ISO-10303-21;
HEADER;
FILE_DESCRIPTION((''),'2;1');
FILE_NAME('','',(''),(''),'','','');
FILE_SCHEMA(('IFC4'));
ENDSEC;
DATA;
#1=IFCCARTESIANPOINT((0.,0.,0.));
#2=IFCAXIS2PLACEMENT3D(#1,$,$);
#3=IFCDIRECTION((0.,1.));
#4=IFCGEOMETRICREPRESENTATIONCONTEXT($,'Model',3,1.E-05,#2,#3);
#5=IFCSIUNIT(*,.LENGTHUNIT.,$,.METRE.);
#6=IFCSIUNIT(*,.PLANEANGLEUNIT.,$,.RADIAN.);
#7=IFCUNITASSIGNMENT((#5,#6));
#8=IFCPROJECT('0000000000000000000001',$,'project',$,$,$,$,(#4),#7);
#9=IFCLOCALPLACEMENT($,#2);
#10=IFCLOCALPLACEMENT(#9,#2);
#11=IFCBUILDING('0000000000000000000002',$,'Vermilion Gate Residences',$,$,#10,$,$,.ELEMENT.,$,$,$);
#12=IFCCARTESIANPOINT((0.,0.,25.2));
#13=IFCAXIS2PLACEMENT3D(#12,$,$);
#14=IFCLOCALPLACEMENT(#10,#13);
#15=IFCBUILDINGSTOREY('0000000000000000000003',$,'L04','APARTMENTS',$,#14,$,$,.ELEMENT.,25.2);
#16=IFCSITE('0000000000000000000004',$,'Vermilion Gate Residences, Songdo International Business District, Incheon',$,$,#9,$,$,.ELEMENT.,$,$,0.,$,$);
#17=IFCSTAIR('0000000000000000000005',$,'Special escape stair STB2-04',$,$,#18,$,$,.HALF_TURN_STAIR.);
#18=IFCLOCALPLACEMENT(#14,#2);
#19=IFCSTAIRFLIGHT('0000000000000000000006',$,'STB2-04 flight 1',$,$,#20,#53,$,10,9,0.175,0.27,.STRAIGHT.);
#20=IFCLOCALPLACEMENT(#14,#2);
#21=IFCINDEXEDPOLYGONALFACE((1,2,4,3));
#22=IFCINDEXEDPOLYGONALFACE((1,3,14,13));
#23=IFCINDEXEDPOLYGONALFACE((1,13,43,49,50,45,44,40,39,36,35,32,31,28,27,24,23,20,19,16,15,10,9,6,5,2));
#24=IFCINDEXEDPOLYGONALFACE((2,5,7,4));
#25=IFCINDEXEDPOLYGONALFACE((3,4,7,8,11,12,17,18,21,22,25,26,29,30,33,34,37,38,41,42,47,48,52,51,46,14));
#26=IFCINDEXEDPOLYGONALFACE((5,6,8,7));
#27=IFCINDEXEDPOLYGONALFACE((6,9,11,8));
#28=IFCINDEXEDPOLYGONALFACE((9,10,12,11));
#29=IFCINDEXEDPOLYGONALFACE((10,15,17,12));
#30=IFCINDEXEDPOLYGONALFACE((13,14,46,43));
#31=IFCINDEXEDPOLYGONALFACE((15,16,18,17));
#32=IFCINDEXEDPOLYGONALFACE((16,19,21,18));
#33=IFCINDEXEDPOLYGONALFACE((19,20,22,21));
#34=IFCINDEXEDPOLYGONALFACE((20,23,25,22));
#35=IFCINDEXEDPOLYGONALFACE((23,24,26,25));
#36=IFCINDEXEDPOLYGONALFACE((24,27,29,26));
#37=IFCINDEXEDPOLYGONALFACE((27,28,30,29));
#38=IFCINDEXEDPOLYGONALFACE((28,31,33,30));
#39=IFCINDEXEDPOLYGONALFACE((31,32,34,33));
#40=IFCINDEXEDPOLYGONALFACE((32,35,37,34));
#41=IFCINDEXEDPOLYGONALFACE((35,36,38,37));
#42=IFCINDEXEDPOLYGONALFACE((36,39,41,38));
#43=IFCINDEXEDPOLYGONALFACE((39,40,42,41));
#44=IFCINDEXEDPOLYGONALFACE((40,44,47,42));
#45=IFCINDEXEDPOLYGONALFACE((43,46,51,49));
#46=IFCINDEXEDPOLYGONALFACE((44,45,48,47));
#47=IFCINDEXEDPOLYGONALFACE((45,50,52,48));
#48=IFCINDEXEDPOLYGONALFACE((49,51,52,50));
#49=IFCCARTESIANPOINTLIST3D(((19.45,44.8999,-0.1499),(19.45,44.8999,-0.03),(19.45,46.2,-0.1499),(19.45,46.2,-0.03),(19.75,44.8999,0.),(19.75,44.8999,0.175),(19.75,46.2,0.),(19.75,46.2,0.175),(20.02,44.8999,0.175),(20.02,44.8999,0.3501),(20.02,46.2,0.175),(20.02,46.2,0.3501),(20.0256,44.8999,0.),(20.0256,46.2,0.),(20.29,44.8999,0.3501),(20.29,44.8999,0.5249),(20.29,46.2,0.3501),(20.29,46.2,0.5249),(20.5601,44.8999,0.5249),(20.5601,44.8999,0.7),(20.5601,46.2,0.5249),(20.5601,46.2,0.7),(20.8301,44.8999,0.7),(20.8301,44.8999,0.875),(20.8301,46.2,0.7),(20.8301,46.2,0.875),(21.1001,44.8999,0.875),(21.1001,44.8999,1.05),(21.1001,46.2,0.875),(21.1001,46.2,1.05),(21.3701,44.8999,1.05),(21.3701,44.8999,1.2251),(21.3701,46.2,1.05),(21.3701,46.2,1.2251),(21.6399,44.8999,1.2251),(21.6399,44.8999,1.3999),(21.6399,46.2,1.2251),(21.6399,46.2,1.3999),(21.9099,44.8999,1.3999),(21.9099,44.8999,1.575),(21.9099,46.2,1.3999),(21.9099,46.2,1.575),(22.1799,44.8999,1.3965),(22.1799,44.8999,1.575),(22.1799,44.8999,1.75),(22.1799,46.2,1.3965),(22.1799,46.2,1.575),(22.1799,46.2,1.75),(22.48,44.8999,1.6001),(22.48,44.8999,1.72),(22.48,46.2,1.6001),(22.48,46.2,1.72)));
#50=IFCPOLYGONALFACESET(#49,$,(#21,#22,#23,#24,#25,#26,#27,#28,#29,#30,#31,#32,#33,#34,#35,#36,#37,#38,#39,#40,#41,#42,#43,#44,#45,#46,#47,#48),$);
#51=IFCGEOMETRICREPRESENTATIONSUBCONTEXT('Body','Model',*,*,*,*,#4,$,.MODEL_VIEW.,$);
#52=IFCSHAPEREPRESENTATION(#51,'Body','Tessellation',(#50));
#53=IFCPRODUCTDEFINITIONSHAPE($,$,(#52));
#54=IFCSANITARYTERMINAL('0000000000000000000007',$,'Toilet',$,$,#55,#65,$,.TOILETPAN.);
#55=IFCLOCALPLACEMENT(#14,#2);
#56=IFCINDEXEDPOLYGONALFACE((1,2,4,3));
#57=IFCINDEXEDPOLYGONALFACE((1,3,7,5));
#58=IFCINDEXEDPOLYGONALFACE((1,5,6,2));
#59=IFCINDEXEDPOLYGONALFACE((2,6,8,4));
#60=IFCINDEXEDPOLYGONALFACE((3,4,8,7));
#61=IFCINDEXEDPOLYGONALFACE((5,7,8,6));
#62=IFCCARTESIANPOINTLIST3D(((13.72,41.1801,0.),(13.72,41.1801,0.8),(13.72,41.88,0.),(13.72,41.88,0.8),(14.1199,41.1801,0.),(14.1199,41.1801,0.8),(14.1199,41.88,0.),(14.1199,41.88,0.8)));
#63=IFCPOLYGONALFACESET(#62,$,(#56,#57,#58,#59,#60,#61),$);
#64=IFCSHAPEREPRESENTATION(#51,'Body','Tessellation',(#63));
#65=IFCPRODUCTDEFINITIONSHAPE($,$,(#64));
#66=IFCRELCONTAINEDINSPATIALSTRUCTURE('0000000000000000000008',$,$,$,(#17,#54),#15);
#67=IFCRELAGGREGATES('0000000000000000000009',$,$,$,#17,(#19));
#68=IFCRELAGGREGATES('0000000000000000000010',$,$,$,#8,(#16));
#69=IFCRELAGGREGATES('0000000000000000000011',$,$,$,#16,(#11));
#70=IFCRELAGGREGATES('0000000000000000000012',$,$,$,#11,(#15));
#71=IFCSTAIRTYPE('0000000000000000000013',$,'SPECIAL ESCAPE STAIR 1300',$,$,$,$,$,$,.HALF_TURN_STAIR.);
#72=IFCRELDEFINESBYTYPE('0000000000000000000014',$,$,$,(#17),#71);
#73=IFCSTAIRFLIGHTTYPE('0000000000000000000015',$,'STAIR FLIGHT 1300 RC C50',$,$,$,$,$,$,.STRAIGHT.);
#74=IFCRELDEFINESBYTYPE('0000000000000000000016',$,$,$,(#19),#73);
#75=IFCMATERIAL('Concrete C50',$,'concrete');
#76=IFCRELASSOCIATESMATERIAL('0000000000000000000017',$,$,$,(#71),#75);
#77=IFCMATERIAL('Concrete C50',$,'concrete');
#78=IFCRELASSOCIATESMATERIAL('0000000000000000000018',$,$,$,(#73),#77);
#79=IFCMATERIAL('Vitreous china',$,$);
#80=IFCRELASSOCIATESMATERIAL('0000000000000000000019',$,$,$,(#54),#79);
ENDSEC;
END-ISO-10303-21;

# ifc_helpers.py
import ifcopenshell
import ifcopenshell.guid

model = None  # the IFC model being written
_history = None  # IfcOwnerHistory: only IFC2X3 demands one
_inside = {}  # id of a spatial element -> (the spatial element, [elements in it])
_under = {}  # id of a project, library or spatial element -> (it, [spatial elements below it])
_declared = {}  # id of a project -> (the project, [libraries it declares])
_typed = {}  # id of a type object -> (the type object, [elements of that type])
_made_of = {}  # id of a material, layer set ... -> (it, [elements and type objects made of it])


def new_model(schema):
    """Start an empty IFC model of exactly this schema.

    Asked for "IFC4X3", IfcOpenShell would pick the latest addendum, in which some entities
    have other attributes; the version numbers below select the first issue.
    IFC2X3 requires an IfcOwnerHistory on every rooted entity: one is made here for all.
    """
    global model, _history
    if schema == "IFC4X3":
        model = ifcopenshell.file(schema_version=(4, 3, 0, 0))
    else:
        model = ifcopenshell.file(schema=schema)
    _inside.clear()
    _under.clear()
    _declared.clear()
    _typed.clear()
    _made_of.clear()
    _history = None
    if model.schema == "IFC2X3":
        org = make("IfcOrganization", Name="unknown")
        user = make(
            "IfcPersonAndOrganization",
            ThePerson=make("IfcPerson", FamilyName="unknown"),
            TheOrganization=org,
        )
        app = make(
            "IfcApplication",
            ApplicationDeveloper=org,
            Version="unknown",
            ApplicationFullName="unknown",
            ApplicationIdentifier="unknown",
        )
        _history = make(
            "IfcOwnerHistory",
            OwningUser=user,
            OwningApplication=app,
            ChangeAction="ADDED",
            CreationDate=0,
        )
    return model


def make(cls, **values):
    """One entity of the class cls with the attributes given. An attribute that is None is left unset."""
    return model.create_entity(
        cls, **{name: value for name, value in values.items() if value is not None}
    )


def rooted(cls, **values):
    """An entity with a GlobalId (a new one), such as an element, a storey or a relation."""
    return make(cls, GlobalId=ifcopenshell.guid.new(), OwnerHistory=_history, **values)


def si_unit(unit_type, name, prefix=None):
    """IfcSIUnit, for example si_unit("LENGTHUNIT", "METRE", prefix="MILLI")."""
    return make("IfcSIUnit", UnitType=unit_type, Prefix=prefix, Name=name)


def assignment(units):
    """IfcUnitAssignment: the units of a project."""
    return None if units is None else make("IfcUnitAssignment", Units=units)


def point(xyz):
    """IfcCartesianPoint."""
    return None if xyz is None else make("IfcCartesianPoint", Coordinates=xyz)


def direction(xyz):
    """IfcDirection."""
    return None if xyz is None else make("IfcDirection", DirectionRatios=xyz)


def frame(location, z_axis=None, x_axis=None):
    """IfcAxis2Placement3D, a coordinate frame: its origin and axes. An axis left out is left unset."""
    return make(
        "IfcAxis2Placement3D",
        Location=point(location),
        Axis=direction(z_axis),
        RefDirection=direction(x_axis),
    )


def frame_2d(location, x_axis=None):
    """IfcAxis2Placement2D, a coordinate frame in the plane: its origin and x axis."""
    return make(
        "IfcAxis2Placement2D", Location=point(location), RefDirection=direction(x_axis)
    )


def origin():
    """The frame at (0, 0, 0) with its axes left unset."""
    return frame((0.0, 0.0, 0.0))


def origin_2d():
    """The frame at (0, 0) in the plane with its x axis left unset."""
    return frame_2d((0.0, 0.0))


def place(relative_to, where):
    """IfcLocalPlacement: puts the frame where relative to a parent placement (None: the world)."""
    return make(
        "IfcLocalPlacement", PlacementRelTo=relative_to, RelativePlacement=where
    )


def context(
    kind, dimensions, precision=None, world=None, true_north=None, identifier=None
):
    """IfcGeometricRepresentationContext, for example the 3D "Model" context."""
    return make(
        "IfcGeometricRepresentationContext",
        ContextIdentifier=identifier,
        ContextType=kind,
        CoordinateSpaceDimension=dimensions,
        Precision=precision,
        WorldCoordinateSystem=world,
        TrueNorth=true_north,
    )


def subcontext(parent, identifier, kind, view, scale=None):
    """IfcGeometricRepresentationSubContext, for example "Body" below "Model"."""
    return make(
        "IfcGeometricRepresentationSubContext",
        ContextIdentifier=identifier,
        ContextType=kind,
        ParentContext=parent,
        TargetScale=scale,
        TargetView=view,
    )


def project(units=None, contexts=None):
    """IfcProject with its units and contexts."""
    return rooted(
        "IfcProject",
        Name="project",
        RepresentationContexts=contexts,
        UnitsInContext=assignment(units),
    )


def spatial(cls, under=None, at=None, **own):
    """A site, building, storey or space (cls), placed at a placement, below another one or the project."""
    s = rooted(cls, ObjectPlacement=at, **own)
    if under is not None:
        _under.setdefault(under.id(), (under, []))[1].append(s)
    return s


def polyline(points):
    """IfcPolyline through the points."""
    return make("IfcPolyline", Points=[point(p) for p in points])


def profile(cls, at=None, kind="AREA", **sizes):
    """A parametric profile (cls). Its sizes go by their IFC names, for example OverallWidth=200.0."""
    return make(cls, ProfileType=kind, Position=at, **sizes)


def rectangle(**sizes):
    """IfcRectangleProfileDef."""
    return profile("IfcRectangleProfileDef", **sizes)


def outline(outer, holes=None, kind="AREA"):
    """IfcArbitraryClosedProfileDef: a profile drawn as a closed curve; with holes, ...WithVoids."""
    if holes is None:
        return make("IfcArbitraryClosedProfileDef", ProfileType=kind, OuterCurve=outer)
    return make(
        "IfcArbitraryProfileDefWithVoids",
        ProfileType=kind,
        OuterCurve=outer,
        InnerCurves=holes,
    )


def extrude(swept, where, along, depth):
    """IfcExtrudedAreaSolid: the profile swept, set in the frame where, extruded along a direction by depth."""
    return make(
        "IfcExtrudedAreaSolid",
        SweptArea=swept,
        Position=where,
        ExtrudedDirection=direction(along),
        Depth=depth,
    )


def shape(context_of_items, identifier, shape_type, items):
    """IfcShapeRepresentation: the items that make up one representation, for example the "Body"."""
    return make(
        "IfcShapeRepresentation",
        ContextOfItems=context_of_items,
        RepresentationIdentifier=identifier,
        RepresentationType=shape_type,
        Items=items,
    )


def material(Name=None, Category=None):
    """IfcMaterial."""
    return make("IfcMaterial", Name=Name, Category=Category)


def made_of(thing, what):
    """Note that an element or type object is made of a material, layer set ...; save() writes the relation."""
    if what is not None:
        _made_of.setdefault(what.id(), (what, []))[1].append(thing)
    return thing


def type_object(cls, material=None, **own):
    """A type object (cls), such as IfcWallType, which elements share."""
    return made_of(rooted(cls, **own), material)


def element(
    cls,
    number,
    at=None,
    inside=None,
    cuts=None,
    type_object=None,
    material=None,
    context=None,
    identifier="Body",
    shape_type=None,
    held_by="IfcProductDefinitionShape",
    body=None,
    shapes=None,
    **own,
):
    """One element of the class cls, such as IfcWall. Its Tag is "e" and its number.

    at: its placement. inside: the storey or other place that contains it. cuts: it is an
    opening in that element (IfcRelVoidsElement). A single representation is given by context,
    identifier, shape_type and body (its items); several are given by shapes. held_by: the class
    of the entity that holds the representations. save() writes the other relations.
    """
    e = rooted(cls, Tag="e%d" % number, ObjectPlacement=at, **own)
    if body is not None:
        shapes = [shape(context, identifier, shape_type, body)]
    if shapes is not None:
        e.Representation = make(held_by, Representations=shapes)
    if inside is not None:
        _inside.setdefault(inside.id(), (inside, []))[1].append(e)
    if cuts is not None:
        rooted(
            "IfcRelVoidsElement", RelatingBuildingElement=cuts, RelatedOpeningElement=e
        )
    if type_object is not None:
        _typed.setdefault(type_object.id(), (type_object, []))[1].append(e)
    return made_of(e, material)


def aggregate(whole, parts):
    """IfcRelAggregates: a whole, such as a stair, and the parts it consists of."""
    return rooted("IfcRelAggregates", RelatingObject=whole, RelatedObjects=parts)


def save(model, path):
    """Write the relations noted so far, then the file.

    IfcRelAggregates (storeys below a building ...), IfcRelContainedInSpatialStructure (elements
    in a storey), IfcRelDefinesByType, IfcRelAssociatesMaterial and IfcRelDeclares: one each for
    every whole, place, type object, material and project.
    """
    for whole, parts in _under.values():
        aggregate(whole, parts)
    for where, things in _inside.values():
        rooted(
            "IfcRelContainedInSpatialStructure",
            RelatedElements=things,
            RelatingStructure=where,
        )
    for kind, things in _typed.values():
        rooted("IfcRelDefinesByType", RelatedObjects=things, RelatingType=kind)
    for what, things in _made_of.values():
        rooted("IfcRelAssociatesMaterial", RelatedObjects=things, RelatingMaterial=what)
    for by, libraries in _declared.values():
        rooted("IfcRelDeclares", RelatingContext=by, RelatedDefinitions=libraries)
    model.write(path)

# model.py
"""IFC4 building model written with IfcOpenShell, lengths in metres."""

from ifc_helpers import new_model, si_unit, direction, frame, origin, origin_2d, place, context, subcontext, project, spatial, polyline, rectangle, outline, extrude, material, type_object, element, aggregate, save


model = new_model("IFC4")

# Units and contexts
model_context = context("Model", 3, precision=1e-05, world=origin(), true_north=direction((0.0, 1.0)))
body_context = subcontext(model_context, "Body", "Model", "MODEL_VIEW")
ifc_project = project(units=[si_unit("LENGTHUNIT", "METRE"), si_unit("PLANEANGLEUNIT", "RADIAN")], contexts=[model_context])

# Site, building, storey
site_placement = place(None, origin())
site = spatial("IfcSite", under=ifc_project, at=site_placement, Name="Vermilion Gate Residences, Songdo International Business District, Incheon", CompositionType="ELEMENT", RefElevation=0.0)
building_placement = place(site_placement, origin())
building = spatial("IfcBuilding", under=site, at=building_placement, Name="Vermilion Gate Residences", CompositionType="ELEMENT")
storey_placement = place(building_placement, frame((0.0, 0.0, 25.2)))
storey = spatial("IfcBuildingStorey", under=building, at=storey_placement, Name="L04", Description="APARTMENTS", CompositionType="ELEMENT", Elevation=25.2)

# Stair, stair flight
ifc_material_1 = material(Name="Concrete C50", Category="concrete")
stair_type = type_object("IfcStairType", Name="SPECIAL ESCAPE STAIR 1300", PredefinedType="HALF_TURN_STAIR", material=ifc_material_1)
stair_placement = place(storey_placement, origin())
stair = element("IfcStair", 1, at=stair_placement, inside=storey, type_object=stair_type, Name="Special escape stair STB2-04", PredefinedType="HALF_TURN_STAIR")
ifc_material_2 = material(Name="Concrete C50", Category="concrete")
stair_flight_type = type_object("IfcStairFlightType", Name="STAIR FLIGHT 1300 RC C50", PredefinedType="STRAIGHT", material=ifc_material_2)
stair_flight_placement = place(storey_placement, frame((19.75, 45.55, 0.0), z_axis=(0.0, 0.0, 1.0), x_axis=(1.0, 0.0, 0.0)))
stair_flight = element("IfcStairFlight", 2, at=stair_flight_placement, type_object=stair_flight_type, Name="STB2-04 flight 1", NumberOfRisers=10, NumberOfTreads=9, PredefinedType="STRAIGHT", RiserHeight=0.175, TreadLength=0.27, context=body_context, shape_type="SweptSolid", body=[
    extrude(outline(polyline([(-0.3, -0.1499), (-0.3, -0.03), (0.0, 0.0), (0.0, 0.175), (0.27, 0.175), (0.27, 0.3501), (0.54, 0.3501), (0.54, 0.5249), (0.8101, 0.5249), (0.8101, 0.7), (1.0801, 0.7), (1.0801, 0.875), (1.3501, 0.875), (1.3501, 1.05), (1.6201, 1.05), (1.6201, 1.2251), (1.8899, 1.2251), (1.8899, 1.3999), (2.1599, 1.3999), (2.1599, 1.575), (2.4299, 1.575), (2.4299, 1.75), (2.73, 1.72), (2.73, 1.6001), (2.4299, 1.3965), (0.2756, 0.0), (-0.3, -0.1499)])), frame((0.0, 0.6499, 0.0), z_axis=(0.0, -1.0, 0.0), x_axis=(1.0, 0.0, 0.0)), (0.0, 0.0, 1.0), 1.3),
])
aggregate(stair, [stair_flight])

# Sanitary terminal
ifc_material_3 = material(Name="Vitreous china")
sanitary_terminal_placement = place(storey_placement, frame((13.9199, 41.53, 0.0), z_axis=(0.0, 0.0, 1.0), x_axis=(1.0, 0.0, 0.0)))
element("IfcSanitaryTerminal", 3, at=sanitary_terminal_placement, inside=storey, material=ifc_material_3, Name="Toilet", PredefinedType="TOILETPAN", context=body_context, shape_type="SweptSolid", body=[
    extrude(rectangle(XDim=0.3999, YDim=0.7, at=origin_2d()), origin(), (0.0, 0.0, 1.0), 0.8),
])

save(model, "model.ifc")
